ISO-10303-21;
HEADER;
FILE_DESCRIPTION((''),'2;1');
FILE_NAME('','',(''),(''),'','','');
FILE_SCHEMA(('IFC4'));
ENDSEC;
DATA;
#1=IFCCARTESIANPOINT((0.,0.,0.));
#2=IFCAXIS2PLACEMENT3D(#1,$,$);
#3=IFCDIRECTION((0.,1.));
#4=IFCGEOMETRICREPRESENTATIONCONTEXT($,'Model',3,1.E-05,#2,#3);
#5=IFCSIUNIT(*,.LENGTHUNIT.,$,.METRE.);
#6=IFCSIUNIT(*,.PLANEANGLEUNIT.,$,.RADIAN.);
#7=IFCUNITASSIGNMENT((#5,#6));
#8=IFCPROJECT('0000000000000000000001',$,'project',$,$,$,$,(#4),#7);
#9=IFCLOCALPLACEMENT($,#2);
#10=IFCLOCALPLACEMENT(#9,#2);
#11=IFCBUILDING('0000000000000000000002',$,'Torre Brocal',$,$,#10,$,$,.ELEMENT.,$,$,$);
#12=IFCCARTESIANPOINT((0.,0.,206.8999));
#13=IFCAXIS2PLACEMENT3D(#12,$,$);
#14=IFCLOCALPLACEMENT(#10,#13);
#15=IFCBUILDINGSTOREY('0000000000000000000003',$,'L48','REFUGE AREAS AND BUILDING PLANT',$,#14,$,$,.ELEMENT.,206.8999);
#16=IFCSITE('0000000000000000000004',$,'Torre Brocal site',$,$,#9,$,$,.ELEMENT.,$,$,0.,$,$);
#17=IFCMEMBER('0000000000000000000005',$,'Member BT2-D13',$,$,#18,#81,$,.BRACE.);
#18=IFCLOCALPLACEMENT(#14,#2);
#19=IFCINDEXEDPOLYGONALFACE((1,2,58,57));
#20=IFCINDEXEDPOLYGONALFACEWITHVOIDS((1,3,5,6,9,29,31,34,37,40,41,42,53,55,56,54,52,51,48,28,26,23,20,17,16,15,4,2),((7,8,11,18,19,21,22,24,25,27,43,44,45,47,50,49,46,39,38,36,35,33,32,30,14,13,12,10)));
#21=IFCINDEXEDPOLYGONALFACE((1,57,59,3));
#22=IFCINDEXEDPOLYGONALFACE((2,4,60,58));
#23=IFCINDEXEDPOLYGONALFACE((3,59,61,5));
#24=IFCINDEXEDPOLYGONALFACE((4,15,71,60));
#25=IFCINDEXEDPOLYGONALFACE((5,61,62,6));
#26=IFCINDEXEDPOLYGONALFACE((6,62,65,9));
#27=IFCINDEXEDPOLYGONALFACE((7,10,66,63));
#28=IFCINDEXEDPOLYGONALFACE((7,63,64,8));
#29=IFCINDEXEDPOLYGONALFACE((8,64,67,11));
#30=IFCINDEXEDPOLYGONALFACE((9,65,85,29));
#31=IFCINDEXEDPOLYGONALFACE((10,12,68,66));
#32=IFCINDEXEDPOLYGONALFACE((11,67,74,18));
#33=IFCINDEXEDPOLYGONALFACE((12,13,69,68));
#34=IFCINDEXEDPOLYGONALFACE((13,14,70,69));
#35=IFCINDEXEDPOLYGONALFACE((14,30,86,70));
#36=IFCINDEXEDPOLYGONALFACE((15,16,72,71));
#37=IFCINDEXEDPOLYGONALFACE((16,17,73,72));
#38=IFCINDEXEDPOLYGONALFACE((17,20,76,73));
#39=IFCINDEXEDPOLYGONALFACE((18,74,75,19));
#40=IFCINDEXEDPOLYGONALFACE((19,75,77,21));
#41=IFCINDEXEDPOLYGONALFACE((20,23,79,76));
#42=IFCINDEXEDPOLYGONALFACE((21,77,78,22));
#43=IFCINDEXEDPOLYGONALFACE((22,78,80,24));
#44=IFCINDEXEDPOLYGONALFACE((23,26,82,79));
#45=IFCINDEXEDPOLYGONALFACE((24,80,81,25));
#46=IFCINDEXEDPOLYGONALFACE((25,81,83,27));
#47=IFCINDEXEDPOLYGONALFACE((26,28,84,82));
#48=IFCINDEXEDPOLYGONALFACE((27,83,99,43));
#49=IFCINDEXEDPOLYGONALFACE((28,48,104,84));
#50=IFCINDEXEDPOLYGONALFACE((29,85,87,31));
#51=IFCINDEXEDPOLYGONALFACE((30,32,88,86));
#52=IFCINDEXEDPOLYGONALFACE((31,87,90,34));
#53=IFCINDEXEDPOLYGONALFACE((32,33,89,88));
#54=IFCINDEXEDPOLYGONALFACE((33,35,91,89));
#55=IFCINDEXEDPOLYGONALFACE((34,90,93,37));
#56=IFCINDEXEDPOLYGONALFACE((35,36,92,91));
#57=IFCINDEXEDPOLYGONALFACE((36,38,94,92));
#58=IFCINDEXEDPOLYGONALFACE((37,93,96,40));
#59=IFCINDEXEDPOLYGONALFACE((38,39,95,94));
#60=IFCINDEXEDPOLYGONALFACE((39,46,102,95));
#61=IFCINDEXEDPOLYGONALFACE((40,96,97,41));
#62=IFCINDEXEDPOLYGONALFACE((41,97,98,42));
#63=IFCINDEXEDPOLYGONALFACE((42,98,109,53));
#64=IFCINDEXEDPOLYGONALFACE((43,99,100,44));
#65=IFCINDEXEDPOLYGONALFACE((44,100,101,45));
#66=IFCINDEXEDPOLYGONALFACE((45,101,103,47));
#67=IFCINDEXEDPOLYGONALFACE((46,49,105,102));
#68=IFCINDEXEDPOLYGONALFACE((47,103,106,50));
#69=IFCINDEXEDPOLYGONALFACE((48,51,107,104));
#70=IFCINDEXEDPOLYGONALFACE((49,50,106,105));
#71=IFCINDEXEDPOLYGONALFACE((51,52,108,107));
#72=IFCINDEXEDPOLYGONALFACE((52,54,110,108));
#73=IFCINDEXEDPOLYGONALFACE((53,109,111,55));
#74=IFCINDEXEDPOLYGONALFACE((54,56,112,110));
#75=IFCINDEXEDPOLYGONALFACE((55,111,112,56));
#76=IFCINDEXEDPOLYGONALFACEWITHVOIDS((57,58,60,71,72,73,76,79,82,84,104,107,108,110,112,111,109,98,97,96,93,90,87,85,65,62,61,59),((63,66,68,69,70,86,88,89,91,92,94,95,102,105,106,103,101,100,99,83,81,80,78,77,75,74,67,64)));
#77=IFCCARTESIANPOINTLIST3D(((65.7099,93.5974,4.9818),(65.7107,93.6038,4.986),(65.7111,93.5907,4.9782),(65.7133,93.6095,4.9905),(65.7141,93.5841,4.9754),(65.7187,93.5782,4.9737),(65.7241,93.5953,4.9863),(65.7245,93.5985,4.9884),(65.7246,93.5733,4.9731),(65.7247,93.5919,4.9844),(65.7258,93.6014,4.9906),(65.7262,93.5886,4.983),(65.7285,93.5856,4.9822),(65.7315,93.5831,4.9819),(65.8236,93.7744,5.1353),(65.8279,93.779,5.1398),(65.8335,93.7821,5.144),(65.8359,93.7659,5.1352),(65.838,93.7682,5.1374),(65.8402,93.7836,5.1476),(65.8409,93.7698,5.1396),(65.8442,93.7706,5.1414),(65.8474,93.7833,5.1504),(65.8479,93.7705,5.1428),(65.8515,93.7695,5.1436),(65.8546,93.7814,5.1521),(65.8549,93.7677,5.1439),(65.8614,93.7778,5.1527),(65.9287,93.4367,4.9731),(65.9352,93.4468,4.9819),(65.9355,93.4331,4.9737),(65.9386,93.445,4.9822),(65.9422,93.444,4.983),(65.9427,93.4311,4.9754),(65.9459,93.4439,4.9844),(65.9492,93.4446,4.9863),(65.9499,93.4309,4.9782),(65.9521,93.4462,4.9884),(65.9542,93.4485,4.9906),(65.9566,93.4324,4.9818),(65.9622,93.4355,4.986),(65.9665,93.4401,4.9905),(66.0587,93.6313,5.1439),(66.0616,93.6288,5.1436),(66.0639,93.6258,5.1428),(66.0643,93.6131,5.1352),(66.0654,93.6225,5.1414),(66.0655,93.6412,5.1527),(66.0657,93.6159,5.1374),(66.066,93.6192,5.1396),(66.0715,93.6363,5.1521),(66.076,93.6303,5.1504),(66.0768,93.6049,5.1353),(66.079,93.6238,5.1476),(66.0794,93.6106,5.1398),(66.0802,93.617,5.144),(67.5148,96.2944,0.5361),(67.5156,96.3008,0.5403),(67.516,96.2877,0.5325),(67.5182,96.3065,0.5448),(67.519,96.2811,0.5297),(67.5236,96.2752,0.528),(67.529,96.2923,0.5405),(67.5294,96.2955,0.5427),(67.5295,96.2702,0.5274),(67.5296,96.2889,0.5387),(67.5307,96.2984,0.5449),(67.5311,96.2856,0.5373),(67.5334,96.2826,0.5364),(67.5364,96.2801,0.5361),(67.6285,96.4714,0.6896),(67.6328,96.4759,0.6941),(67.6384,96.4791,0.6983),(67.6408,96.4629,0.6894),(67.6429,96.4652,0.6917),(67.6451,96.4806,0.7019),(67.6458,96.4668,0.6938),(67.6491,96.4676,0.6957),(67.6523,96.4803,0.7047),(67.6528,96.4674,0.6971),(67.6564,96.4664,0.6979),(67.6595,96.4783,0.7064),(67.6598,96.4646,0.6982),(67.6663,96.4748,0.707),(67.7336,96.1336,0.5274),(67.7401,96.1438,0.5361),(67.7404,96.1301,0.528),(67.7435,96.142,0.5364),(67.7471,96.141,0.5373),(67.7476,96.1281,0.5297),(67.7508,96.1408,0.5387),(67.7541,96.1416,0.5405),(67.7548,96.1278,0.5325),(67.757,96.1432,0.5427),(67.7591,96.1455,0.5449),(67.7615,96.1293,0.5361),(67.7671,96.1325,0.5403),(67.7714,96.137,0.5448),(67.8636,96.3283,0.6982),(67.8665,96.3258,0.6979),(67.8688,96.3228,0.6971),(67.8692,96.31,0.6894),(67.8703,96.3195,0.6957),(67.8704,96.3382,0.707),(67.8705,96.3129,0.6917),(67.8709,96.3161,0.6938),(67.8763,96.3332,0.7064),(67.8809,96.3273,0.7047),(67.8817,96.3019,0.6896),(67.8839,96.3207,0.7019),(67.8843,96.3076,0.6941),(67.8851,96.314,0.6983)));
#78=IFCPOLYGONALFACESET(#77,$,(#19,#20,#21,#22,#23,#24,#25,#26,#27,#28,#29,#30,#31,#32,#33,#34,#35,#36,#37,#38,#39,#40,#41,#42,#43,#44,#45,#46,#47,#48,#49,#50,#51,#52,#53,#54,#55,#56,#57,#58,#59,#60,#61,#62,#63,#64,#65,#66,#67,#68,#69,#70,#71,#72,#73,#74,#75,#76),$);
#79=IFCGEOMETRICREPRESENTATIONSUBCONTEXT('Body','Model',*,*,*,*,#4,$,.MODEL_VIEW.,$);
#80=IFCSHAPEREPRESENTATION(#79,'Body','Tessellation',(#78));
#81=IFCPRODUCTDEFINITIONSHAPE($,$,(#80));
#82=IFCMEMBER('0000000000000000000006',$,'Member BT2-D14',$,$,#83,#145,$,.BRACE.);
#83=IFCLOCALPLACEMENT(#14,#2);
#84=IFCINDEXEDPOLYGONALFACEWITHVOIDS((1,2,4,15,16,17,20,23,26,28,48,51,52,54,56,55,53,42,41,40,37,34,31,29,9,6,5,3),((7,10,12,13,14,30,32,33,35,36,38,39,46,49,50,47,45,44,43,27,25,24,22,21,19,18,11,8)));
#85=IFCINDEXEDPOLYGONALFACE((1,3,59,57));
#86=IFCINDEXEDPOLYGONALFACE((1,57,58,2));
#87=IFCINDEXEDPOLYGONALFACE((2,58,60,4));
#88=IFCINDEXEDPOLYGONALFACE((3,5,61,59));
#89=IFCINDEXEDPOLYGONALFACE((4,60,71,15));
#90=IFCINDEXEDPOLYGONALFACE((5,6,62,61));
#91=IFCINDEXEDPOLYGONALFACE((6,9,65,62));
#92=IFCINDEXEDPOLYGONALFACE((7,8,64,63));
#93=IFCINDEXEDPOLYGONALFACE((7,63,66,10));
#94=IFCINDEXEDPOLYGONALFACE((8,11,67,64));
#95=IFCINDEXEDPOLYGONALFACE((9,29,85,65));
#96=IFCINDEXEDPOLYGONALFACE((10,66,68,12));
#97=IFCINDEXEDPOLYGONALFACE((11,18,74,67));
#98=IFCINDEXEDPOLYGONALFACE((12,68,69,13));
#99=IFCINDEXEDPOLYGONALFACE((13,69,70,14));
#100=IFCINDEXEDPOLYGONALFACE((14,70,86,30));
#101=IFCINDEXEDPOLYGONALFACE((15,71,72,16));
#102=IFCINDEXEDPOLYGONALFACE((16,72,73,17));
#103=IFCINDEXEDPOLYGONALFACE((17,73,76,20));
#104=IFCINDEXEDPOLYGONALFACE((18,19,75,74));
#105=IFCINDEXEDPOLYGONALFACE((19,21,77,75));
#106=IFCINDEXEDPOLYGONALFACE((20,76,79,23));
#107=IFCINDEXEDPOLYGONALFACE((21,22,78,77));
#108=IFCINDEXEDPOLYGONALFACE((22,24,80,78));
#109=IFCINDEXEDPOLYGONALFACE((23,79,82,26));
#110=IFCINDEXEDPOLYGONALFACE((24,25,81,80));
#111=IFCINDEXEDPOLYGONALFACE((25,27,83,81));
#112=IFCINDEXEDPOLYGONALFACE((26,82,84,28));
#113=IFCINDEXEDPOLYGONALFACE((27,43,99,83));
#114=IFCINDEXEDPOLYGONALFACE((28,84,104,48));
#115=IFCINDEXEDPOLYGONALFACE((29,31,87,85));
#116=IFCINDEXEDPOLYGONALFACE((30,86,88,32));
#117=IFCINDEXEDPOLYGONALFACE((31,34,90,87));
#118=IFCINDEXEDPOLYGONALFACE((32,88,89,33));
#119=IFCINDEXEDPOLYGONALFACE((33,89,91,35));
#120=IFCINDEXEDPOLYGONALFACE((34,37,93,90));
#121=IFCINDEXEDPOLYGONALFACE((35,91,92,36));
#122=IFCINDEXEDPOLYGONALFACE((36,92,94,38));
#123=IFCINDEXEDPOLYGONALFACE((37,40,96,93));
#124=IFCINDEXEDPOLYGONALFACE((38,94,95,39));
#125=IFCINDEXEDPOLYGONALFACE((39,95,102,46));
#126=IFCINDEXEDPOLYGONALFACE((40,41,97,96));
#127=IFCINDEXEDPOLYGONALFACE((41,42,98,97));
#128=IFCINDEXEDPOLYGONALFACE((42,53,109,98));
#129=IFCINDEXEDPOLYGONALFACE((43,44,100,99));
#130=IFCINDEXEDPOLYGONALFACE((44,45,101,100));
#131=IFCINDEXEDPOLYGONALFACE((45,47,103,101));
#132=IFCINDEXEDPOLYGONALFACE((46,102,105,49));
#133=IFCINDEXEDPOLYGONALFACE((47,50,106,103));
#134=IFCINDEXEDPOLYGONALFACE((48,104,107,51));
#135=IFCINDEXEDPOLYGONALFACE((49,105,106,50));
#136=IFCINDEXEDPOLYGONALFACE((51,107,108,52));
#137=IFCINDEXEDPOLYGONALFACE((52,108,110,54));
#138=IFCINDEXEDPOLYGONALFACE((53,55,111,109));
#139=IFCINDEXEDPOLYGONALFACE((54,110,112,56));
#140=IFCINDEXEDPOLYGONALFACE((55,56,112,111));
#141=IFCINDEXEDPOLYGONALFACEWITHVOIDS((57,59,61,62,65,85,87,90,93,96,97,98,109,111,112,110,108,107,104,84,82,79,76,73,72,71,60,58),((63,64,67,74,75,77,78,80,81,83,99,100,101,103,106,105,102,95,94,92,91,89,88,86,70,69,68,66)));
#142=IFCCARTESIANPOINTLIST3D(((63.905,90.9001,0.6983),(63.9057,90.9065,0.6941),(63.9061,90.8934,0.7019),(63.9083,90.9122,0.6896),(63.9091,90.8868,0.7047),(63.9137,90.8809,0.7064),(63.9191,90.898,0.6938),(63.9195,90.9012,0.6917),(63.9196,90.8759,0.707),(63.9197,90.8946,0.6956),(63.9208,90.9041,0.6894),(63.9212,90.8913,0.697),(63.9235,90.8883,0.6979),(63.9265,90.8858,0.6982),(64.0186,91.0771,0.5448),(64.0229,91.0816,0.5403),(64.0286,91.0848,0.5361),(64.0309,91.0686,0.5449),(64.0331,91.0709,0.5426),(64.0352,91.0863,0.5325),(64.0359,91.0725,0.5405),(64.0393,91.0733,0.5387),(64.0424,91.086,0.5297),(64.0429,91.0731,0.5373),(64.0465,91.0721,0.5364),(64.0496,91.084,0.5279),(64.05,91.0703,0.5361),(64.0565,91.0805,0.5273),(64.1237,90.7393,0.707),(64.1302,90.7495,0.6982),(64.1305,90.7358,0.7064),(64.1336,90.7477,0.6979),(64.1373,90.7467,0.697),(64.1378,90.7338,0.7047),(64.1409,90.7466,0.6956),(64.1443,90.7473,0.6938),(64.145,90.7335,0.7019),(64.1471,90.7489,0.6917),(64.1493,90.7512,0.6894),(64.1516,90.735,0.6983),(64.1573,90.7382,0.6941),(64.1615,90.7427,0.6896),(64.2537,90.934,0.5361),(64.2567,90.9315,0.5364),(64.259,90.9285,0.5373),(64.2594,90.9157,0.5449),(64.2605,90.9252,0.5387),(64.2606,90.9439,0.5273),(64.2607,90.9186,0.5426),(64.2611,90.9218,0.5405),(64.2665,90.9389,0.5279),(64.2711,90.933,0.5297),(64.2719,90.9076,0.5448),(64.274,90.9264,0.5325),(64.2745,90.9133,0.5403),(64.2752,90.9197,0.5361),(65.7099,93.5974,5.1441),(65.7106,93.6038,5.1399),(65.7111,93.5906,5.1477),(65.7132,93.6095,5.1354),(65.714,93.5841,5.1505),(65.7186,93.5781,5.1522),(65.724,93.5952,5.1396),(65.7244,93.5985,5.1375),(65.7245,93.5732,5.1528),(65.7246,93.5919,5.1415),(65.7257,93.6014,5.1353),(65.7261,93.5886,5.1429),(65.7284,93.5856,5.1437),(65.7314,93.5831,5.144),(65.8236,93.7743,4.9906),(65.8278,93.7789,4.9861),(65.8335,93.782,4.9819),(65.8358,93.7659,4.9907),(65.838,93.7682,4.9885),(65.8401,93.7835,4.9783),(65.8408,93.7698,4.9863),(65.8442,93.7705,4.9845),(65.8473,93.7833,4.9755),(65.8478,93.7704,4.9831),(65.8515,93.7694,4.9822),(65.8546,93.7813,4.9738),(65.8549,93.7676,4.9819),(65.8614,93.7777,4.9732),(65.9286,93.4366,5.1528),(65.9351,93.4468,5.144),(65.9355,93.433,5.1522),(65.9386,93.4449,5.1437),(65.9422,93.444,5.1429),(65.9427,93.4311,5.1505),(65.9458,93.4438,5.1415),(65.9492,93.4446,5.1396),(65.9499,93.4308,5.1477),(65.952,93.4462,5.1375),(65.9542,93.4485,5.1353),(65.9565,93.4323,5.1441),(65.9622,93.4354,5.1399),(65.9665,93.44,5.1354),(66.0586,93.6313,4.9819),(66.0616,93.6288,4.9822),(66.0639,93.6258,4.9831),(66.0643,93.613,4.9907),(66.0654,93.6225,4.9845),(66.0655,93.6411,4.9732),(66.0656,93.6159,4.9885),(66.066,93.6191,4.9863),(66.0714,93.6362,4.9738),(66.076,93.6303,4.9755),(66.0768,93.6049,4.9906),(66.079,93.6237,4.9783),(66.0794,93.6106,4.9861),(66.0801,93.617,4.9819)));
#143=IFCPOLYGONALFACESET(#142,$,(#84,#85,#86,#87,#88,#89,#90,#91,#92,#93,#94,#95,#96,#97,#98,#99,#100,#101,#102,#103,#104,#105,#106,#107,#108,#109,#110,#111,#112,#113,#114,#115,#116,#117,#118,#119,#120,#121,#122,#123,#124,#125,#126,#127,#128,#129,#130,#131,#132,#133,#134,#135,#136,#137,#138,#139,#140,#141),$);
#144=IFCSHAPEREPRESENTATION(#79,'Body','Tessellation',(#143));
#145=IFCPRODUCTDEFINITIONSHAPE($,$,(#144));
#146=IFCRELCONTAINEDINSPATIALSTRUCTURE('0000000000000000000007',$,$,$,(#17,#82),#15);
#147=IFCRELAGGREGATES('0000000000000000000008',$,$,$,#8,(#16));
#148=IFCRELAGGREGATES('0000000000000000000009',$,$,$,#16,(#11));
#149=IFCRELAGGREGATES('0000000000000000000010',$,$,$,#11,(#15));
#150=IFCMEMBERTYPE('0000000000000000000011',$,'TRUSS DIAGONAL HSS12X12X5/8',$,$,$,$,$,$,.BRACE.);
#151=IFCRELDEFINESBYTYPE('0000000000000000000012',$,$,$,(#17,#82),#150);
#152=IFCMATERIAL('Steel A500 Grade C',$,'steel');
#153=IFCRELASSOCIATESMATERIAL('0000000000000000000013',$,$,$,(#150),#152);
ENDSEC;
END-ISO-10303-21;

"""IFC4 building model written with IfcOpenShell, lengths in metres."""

from ifc_helpers import new_model, si_unit, direction, frame, origin, origin_2d, place, context, subcontext, project, spatial, hollow_rectangle, extrude, material, material_profile, profile_set, type_object, element, save


model = new_model("IFC4")

# Units and contexts
model_context = context("Model", 3, precision=1e-05, world=origin(), true_north=direction((0.0, 1.0)))
body_context = subcontext(model_context, "Body", "Model", "MODEL_VIEW")
ifc_project = project(units=[si_unit("LENGTHUNIT", "METRE"), si_unit("PLANEANGLEUNIT", "RADIAN")], contexts=[model_context])

# Site, building, storey
site_placement = place(None, origin())
site = spatial("IfcSite", under=ifc_project, at=site_placement, Name="Torre Brocal site", CompositionType="ELEMENT", RefElevation=0.0)
building_placement = place(site_placement, origin())
building = spatial("IfcBuilding", under=site, at=building_placement, Name="Torre Brocal", CompositionType="ELEMENT")
storey_placement = place(building_placement, frame((0.0, 0.0, 206.8999)))
storey = spatial("IfcBuildingStorey", under=building, at=storey_placement, Name="L48", Description="REFUGE AREAS AND BUILDING PLANT", CompositionType="ELEMENT", Elevation=206.8999)

# Members
ifc_material_1 = material(Name="Steel A500 Grade C", Category="steel")
ifc_material_profile_1 = material_profile(ifc_material_1, hollow_rectangle(XDim=0.3047, YDim=0.3047, WallThickness=0.0149, InnerFilletRadius=0.0149, OuterFilletRadius=0.0295, at=origin_2d()), Name="HSS12X12X5/8")
ifc_profile_set_1 = profile_set([ifc_material_profile_1], Name="Steel A500 Grade C")
member_type_1 = type_object("IfcMemberType", Name="TRUSS DIAGONAL HSS12X12X5/8", PredefinedType="BRACE", material=ifc_profile_set_1)
member_1_placement = place(storey_placement, frame((67.7, 96.3042, 0.6172), z_axis=(-0.327916, -0.489988, 0.807702), x_axis=(0.831065, -0.556175, 0.0)))
element("IfcMember", 1, at=member_1_placement, inside=storey, type_object=member_type_1, Name="Member BT2-D13", PredefinedType="BRACE", context=body_context, shape_type="SweptSolid", body=[
    extrude(hollow_rectangle(XDim=0.3047, YDim=0.3047, WallThickness=0.0149, InnerFilletRadius=0.0149, OuterFilletRadius=0.0295, at=origin_2d()), origin(), (0.0, 0.0, 1.0), 5.5042),
])
for number, where, z_axis, x_axis, name in (
    (2, (65.895, 93.6072, 5.063), (-0.327908, -0.490022, -0.807685), (0.831088, -0.55614, 0.0), "Member BT2-D14"),
):
    element("IfcMember", number, at=place(storey_placement, frame(where, z_axis=z_axis, x_axis=x_axis)), inside=storey, type_object=member_type_1, Name=name, PredefinedType="BRACE", context=body_context, shape_type="SweptSolid", body=[
        extrude(hollow_rectangle(XDim=0.3047, YDim=0.3047, WallThickness=0.0149, InnerFilletRadius=0.0149, OuterFilletRadius=0.0295, at=origin_2d()), origin(), (0.0, 0.0, 1.0), 5.5044),
    ])

save(model, "model.ifc")
